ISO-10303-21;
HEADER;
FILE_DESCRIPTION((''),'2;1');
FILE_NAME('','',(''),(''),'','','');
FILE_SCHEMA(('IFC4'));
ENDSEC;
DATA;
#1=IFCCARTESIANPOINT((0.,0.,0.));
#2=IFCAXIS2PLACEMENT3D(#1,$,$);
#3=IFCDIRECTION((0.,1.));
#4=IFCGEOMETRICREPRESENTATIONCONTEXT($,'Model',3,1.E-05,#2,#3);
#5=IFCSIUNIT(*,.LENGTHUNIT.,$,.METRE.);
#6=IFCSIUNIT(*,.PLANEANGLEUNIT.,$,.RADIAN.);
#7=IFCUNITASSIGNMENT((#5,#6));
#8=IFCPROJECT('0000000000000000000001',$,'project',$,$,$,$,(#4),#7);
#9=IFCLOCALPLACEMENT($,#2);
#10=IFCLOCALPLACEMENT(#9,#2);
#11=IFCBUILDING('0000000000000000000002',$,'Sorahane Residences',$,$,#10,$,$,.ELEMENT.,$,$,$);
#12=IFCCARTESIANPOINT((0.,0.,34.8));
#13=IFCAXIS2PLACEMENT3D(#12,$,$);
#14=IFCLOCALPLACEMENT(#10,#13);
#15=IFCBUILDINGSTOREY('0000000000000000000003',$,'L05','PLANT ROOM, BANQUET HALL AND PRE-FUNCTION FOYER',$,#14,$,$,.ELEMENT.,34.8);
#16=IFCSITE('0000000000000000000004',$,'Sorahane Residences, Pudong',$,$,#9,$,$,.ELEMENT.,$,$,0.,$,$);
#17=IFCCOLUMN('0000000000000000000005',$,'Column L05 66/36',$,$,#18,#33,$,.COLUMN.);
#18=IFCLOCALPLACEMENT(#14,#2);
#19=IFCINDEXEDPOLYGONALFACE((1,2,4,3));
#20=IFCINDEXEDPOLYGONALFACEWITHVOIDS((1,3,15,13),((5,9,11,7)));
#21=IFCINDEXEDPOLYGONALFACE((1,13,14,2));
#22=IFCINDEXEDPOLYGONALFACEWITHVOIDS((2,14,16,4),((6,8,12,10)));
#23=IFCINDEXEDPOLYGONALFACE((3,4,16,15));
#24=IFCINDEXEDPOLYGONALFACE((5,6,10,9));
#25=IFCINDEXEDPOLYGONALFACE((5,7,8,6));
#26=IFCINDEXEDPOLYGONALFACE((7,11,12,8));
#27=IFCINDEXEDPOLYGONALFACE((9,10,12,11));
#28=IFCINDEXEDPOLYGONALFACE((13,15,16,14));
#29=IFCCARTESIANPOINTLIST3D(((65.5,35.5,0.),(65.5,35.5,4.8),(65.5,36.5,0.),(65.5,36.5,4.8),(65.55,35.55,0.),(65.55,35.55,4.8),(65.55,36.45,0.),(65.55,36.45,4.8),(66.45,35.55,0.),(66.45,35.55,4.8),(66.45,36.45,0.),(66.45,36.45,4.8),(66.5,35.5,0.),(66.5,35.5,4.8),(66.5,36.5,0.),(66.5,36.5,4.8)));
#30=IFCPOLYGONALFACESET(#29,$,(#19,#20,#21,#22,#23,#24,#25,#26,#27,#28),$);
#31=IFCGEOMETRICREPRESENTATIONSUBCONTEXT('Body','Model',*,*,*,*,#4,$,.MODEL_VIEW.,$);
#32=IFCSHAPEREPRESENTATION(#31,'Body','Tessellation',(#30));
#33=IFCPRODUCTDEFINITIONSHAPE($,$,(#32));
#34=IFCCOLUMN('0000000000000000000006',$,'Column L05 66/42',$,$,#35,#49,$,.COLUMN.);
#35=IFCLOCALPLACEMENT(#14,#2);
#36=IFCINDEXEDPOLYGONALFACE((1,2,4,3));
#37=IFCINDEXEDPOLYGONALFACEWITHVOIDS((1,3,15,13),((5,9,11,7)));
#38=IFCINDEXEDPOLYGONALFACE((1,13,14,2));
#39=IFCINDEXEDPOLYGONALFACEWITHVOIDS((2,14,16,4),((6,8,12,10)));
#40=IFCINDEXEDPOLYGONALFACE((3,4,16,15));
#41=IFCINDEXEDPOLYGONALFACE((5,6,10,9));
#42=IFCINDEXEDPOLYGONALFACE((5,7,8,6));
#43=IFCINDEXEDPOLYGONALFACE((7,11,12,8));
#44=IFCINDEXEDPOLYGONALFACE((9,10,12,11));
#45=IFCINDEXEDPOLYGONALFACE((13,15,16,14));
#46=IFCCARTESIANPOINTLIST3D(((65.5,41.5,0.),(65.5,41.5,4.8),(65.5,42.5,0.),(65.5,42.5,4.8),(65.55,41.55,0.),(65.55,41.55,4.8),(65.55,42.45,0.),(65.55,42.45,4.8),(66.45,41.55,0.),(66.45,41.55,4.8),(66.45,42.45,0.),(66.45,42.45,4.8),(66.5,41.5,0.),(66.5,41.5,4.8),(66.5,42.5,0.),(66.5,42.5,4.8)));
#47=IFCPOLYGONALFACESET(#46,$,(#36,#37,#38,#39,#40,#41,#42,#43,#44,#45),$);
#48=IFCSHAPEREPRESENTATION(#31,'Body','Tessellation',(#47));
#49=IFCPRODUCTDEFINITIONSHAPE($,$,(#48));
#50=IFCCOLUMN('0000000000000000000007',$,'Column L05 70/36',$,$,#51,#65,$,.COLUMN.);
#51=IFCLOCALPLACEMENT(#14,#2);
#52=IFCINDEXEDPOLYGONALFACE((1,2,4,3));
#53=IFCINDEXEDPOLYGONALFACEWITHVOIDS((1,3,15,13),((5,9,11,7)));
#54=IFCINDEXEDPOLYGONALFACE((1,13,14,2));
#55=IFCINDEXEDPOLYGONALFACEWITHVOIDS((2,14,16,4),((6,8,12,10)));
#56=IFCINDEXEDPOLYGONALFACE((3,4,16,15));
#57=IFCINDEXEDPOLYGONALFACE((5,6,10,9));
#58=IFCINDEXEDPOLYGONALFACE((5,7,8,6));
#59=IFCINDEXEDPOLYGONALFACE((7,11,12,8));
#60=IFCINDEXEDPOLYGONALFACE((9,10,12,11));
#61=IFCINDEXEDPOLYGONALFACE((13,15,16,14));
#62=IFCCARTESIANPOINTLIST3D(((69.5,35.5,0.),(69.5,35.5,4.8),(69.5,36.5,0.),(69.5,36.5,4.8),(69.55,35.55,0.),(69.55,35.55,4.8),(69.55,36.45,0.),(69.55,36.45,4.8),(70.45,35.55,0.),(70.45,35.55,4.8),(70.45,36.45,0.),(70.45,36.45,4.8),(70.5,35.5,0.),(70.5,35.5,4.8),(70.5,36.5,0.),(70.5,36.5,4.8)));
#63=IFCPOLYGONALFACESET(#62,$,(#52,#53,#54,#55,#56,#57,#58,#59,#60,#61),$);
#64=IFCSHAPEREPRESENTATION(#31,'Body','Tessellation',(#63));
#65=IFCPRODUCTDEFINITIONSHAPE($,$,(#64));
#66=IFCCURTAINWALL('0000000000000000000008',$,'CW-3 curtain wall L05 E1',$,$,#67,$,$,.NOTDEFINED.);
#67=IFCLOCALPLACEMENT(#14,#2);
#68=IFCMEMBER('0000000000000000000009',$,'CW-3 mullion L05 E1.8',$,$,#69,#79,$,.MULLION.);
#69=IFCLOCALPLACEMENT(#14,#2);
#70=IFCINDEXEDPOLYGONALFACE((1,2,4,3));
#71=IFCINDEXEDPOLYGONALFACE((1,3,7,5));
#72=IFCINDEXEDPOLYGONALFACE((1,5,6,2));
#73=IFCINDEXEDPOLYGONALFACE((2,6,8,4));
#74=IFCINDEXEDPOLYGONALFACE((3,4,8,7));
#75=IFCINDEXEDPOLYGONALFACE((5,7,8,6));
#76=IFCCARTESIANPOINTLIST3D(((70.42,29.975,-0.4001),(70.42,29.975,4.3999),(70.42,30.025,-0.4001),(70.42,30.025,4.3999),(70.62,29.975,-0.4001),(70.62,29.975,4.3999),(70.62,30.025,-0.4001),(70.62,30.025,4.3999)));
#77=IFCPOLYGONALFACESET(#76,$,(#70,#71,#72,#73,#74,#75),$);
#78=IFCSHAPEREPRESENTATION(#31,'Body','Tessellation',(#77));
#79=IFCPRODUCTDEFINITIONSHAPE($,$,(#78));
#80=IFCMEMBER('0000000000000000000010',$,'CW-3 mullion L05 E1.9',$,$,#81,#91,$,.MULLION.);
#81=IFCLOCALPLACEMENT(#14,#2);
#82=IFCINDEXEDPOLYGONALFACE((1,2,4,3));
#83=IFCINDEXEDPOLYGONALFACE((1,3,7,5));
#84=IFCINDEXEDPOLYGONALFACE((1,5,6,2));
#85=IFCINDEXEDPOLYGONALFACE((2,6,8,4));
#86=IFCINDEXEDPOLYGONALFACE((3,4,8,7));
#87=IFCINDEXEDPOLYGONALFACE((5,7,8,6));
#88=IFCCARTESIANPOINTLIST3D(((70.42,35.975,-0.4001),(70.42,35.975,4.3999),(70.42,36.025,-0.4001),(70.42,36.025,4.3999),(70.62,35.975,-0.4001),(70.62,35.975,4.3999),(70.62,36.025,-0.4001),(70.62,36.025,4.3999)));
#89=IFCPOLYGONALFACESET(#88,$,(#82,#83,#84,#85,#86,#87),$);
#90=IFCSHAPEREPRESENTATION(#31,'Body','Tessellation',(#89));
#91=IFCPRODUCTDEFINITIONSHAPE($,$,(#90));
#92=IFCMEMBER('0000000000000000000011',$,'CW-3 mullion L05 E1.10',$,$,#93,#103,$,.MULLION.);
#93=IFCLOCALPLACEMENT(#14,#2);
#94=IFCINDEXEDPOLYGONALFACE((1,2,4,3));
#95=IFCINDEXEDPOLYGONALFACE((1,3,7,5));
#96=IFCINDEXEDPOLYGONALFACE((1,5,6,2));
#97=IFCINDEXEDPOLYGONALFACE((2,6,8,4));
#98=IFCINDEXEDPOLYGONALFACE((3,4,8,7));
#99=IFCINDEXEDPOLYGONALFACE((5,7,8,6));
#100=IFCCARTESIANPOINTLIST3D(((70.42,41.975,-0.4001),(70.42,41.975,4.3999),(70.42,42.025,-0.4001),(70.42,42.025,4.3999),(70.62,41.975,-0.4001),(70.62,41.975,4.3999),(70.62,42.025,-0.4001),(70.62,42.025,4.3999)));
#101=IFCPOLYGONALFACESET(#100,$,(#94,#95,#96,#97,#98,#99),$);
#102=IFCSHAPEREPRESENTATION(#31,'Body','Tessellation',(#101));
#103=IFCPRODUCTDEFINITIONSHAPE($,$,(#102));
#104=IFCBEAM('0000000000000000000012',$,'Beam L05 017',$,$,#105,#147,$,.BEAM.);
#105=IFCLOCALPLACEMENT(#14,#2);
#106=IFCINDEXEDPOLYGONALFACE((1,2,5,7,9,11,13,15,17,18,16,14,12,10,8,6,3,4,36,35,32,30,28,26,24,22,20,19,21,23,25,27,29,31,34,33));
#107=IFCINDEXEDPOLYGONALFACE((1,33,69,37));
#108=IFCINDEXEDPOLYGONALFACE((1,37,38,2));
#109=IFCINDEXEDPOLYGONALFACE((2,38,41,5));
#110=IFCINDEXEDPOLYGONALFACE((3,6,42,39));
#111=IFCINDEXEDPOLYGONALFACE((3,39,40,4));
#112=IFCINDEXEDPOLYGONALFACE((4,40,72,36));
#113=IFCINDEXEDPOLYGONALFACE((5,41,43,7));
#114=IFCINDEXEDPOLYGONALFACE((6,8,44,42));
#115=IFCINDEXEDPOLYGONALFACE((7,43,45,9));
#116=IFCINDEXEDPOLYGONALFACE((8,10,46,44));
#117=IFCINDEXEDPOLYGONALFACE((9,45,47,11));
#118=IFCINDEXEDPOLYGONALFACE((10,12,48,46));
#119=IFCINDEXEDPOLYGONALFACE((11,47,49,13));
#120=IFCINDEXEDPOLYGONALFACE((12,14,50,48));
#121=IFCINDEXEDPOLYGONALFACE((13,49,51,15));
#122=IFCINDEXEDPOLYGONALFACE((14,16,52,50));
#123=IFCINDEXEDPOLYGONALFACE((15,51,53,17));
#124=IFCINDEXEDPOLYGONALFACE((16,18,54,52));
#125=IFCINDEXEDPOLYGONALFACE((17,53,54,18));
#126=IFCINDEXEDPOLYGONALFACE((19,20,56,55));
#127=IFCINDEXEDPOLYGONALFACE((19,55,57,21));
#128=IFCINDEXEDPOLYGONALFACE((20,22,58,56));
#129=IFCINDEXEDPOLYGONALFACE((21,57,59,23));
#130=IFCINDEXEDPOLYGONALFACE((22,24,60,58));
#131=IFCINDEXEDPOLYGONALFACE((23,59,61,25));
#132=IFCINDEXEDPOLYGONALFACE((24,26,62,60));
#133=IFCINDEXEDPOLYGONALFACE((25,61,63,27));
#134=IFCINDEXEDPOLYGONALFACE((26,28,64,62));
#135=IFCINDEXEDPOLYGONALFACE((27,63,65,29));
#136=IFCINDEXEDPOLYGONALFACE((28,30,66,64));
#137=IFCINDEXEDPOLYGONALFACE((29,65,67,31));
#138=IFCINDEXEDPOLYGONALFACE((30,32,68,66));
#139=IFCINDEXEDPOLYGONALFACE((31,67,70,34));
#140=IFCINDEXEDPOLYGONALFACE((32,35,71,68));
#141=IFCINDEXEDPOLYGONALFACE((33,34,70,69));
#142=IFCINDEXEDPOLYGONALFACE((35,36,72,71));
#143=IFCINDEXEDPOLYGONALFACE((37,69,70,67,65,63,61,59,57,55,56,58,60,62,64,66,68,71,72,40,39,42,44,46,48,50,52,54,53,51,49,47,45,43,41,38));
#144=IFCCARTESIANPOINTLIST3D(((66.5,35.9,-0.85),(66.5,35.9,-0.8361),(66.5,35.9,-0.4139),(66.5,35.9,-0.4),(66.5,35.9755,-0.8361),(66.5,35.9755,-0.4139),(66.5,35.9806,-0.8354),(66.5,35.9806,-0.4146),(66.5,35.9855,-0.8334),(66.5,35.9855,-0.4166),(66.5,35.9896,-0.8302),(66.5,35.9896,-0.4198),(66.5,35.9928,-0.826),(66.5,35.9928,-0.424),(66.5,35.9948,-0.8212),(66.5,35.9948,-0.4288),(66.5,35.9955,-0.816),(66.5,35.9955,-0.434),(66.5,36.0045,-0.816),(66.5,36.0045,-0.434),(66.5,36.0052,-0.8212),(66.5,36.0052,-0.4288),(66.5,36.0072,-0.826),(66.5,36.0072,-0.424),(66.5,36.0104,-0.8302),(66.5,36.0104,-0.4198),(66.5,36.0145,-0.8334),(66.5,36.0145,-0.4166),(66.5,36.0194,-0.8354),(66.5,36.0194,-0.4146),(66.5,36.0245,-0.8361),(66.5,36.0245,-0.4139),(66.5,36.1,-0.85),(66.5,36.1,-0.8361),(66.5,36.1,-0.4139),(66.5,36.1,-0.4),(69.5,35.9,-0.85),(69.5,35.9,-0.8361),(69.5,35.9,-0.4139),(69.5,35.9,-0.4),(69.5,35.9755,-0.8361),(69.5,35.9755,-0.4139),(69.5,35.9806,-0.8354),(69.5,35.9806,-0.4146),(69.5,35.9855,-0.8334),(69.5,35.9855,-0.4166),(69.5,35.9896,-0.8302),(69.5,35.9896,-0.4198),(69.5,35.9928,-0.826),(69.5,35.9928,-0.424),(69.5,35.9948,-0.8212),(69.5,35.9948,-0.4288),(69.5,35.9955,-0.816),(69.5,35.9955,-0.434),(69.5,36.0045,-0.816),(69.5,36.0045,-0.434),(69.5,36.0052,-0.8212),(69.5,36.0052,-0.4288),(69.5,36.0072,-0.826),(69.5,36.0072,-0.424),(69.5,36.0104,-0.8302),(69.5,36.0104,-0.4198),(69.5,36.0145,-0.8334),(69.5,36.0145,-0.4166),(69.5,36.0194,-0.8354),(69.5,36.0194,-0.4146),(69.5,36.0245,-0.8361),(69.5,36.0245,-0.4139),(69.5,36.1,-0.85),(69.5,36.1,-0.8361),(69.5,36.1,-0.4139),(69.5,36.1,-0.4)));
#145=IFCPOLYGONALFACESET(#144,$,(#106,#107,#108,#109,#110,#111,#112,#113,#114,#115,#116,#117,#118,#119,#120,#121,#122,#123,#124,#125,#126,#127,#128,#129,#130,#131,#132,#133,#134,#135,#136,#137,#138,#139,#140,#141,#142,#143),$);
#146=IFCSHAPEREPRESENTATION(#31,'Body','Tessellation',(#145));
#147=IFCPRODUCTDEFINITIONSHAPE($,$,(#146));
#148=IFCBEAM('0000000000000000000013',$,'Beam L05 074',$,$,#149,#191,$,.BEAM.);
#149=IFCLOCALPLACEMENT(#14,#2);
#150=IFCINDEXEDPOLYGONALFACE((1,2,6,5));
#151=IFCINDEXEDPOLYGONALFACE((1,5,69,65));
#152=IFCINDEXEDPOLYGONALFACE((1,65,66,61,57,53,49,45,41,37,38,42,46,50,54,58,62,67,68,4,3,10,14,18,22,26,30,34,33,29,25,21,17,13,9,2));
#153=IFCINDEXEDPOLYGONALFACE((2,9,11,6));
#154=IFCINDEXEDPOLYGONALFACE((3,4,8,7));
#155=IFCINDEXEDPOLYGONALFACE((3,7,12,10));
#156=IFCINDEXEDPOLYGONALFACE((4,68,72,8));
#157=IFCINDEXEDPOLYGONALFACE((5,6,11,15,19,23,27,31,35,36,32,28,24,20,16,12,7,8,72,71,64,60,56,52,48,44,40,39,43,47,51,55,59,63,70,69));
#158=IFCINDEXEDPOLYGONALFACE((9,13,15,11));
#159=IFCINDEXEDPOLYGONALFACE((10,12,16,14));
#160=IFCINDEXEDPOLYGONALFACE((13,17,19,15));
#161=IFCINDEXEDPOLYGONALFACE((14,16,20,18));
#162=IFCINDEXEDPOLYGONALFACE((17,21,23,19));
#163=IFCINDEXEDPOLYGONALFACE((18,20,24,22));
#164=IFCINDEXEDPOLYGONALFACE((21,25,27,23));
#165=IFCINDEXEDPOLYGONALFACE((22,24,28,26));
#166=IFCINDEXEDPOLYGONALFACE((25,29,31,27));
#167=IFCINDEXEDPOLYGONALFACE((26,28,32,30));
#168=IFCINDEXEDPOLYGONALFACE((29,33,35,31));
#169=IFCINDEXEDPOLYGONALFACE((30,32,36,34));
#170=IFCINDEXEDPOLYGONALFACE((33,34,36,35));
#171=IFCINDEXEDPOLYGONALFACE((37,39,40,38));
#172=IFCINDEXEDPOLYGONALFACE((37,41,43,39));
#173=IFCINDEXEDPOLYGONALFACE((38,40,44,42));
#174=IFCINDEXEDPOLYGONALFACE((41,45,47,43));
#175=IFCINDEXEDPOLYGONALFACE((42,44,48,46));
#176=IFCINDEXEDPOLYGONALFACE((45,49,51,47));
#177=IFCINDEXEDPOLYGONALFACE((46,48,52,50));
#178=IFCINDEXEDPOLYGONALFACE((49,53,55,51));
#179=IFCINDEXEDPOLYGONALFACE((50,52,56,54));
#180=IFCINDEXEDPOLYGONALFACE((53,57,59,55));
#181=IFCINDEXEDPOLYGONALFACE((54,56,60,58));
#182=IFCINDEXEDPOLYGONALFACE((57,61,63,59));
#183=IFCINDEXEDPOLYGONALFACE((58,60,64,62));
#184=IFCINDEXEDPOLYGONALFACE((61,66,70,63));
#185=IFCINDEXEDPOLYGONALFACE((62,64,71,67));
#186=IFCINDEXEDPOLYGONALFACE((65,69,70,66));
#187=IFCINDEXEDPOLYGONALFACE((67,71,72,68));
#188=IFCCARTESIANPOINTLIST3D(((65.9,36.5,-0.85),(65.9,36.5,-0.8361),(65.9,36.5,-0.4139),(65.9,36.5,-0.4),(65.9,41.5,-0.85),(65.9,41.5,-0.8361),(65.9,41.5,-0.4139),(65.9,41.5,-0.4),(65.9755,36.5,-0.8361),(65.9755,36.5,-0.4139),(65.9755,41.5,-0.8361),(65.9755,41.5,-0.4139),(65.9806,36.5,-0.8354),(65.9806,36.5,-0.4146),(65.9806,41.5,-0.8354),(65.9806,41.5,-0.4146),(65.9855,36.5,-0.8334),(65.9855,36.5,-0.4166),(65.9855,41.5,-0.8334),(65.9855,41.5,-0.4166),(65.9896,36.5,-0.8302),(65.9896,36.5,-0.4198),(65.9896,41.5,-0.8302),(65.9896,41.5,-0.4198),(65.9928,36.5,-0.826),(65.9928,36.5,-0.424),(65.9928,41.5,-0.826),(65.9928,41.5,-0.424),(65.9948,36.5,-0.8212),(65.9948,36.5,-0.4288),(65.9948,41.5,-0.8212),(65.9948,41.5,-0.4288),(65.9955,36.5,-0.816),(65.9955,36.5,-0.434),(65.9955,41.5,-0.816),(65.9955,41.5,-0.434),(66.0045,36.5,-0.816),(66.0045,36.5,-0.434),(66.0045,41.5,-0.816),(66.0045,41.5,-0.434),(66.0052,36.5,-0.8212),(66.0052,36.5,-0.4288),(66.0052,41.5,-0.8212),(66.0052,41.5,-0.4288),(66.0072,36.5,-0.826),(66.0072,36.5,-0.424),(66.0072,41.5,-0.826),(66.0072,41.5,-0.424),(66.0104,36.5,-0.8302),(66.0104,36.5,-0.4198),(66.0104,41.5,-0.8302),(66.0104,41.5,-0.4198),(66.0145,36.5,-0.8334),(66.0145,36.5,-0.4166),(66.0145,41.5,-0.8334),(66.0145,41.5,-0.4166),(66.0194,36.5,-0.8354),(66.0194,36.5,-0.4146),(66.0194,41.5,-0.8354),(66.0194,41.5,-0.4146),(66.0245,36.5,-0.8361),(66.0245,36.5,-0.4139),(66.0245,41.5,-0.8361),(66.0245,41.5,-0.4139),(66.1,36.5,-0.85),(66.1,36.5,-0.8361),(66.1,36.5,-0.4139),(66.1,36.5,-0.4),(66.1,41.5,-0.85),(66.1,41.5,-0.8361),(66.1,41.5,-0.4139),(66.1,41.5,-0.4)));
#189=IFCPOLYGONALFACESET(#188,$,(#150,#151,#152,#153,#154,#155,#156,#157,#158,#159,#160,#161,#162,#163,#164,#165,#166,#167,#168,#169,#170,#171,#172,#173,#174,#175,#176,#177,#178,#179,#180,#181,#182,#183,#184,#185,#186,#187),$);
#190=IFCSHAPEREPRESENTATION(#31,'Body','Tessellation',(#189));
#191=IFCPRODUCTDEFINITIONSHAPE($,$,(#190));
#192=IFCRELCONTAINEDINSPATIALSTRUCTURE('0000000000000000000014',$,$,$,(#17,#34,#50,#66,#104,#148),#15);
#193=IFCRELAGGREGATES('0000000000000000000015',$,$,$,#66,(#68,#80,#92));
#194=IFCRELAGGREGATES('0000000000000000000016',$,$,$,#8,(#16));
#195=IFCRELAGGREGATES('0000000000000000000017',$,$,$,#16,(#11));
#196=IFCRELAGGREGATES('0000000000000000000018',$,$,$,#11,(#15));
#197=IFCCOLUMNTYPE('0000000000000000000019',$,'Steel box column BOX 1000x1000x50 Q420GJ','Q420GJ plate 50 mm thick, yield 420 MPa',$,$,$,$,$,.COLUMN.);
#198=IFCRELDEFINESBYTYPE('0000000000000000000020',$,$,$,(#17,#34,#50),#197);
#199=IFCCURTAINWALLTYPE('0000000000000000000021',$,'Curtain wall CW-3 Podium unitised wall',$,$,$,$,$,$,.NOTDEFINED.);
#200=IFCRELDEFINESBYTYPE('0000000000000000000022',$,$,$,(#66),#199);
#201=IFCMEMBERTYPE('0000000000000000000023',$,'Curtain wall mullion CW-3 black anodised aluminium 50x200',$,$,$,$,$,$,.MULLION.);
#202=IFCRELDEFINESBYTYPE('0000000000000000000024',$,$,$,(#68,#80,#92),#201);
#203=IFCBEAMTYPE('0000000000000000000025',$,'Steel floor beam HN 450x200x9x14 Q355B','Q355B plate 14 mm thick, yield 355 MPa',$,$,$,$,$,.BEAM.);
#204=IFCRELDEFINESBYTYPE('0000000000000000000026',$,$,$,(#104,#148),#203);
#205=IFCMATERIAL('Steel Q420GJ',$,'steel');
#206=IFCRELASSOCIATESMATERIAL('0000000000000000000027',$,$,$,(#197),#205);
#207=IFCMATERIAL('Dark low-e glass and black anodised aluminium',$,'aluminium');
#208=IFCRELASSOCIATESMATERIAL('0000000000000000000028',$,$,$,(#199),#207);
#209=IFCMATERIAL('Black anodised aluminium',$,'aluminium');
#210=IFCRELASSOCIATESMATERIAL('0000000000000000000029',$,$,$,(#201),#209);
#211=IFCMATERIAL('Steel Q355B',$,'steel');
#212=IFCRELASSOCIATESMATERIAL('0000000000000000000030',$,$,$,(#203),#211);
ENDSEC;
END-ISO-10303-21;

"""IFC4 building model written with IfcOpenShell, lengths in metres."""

from ifc_helpers import new_model, si_unit, direction, frame, origin, origin_2d, place, context, subcontext, project, spatial, rectangle, hollow_rectangle, i_section, extrude, material, material_profile, profile_set, type_object, element, aggregate, save


model = new_model("IFC4")

# Units and contexts
model_context = context("Model", 3, precision=1e-05, world=origin(), true_north=direction((0.0, 1.0)))
body_context = subcontext(model_context, "Body", "Model", "MODEL_VIEW")
ifc_project = project(units=[si_unit("LENGTHUNIT", "METRE"), si_unit("PLANEANGLEUNIT", "RADIAN")], contexts=[model_context])

# Site, building, storey
site_placement = place(None, origin())
site = spatial("IfcSite", under=ifc_project, at=site_placement, Name="Sorahane Residences, Pudong", CompositionType="ELEMENT", RefElevation=0.0)
building_placement = place(site_placement, origin())
building = spatial("IfcBuilding", under=site, at=building_placement, Name="Sorahane Residences", CompositionType="ELEMENT")
storey_placement = place(building_placement, frame((0.0, 0.0, 34.8)))
storey = spatial("IfcBuildingStorey", under=building, at=storey_placement, Name="L05", Description="PLANT ROOM, BANQUET HALL AND PRE-FUNCTION FOYER", CompositionType="ELEMENT", Elevation=34.8)

# Columns
ifc_material_1 = material(Name="Steel Q420GJ", Category="steel")
ifc_material_profile_1 = material_profile(ifc_material_1, hollow_rectangle(XDim=1.0, YDim=1.0, WallThickness=0.05, at=origin_2d()), Name="BOX 1000x1000x50")
ifc_profile_set_1 = profile_set([ifc_material_profile_1], Name="Steel Q420GJ")
column_type = type_object("IfcColumnType", Name="Steel box column BOX 1000x1000x50 Q420GJ", Description="Q420GJ plate 50 mm thick, yield 420 MPa", PredefinedType="COLUMN", material=ifc_profile_set_1)
for number, where, z_axis, x_axis, name in (
    (1, (66.0, 36.0, 0.0), (0.0, 0.0, 1.0), (1.0, 0.0, 0.0), "Column L05 66/36"),
    (2, (66.0, 42.0, 0.0), (0.0, 0.0, 1.0), (1.0, 0.0, 0.0), "Column L05 66/42"),
    (3, (70.0, 36.0, 0.0), (0.0, 0.0, 1.0), (1.0, 0.0, 0.0), "Column L05 70/36"),
):
    element("IfcColumn", number, at=place(storey_placement, frame(where, z_axis=z_axis, x_axis=x_axis)), inside=storey, type_object=column_type, Name=name, PredefinedType="COLUMN", context=body_context, shape_type="SweptSolid", body=[
        extrude(hollow_rectangle(XDim=1.0, YDim=1.0, WallThickness=0.05, at=origin_2d()), origin(), (0.0, 0.0, 1.0), 4.8),
    ])

# Curtain wall, members
ifc_material_2 = material(Name="Dark low-e glass and black anodised aluminium", Category="aluminium")
curtain_wall_type = type_object("IfcCurtainWallType", Name="Curtain wall CW-3 Podium unitised wall", PredefinedType="NOTDEFINED", material=ifc_material_2)
curtain_wall_placement = place(storey_placement, origin())
curtain_wall = element("IfcCurtainWall", 4, at=curtain_wall_placement, inside=storey, type_object=curtain_wall_type, Name="CW-3 curtain wall L05 E1", PredefinedType="NOTDEFINED")
ifc_material_3 = material(Name="Black anodised aluminium", Category="aluminium")
ifc_material_profile_2 = material_profile(ifc_material_3, rectangle(XDim=0.2, YDim=0.05, at=origin_2d()), Name="Curtain wall mullion CW-3 black anodised aluminium 50x200")
ifc_profile_set_2 = profile_set([ifc_material_profile_2], Name="Black anodised aluminium")
member_type = type_object("IfcMemberType", Name="Curtain wall mullion CW-3 black anodised aluminium 50x200", PredefinedType="MULLION", material=ifc_profile_set_2)
member_1_placement = place(storey_placement, frame((70.52, 30.0, -0.4001), z_axis=(0.0, 0.0, 1.0), x_axis=(1.0, 0.0, 0.0)))
member_1 = element("IfcMember", 5, at=member_1_placement, type_object=member_type, Name="CW-3 mullion L05 E1.8", PredefinedType="MULLION", context=body_context, shape_type="SweptSolid", body=[
    extrude(rectangle(XDim=0.2, YDim=0.05, at=origin_2d()), origin(), (0.0, 0.0, 1.0), 4.8),
])
member_2_placement = place(storey_placement, frame((70.52, 36.0, -0.4001), z_axis=(0.0, 0.0, 1.0), x_axis=(1.0, 0.0, 0.0)))
member_2 = element("IfcMember", 6, at=member_2_placement, type_object=member_type, Name="CW-3 mullion L05 E1.9", PredefinedType="MULLION", context=body_context, shape_type="SweptSolid", body=[
    extrude(rectangle(XDim=0.2, YDim=0.05, at=origin_2d()), origin(), (0.0, 0.0, 1.0), 4.8),
])
member_3_placement = place(storey_placement, frame((70.52, 42.0, -0.4001), z_axis=(0.0, 0.0, 1.0), x_axis=(1.0, 0.0, 0.0)))
member_3 = element("IfcMember", 7, at=member_3_placement, type_object=member_type, Name="CW-3 mullion L05 E1.10", PredefinedType="MULLION", context=body_context, shape_type="SweptSolid", body=[
    extrude(rectangle(XDim=0.2, YDim=0.05, at=origin_2d()), origin(), (0.0, 0.0, 1.0), 4.8),
])

# Beams
ifc_material_4 = material(Name="Steel Q355B", Category="steel")
ifc_material_profile_3 = material_profile(ifc_material_4, i_section(OverallWidth=0.2, OverallDepth=0.45, WebThickness=0.009, FlangeThickness=0.0139, FilletRadius=0.02, at=origin_2d()), Name="HN 450x200x9x14")
ifc_profile_set_3 = profile_set([ifc_material_profile_3], Name="Steel Q355B")
beam_type_1 = type_object("IfcBeamType", Name="Steel floor beam HN 450x200x9x14 Q355B", Description="Q355B plate 14 mm thick, yield 355 MPa", PredefinedType="BEAM", material=ifc_profile_set_3)
beam_1_placement = place(storey_placement, frame((66.5, 36.0, -0.625), z_axis=(1.0, 0.0, 0.0), x_axis=(0.0, 1.0, 0.0)))
element("IfcBeam", 8, at=beam_1_placement, inside=storey, type_object=beam_type_1, Name="Beam L05 017", PredefinedType="BEAM", context=body_context, shape_type="SweptSolid", body=[
    extrude(i_section(OverallWidth=0.2, OverallDepth=0.45, WebThickness=0.009, FlangeThickness=0.0139, FilletRadius=0.02, at=origin_2d()), origin(), (0.0, 0.0, 1.0), 3.0),
])
beam_2_placement = place(storey_placement, frame((66.0, 36.5, -0.625), z_axis=(0.0, 1.0, 0.0), x_axis=(-1.0, 0.0, 0.0)))
element("IfcBeam", 9, at=beam_2_placement, inside=storey, type_object=beam_type_1, Name="Beam L05 074", PredefinedType="BEAM", context=body_context, shape_type="SweptSolid", body=[
    extrude(i_section(OverallWidth=0.2, OverallDepth=0.45, WebThickness=0.009, FlangeThickness=0.0139, FilletRadius=0.02, at=origin_2d()), origin(), (0.0, 0.0, 1.0), 5.0),
])

aggregate(curtain_wall, [member_1, member_2, member_3])

save(model, "model.ifc")
